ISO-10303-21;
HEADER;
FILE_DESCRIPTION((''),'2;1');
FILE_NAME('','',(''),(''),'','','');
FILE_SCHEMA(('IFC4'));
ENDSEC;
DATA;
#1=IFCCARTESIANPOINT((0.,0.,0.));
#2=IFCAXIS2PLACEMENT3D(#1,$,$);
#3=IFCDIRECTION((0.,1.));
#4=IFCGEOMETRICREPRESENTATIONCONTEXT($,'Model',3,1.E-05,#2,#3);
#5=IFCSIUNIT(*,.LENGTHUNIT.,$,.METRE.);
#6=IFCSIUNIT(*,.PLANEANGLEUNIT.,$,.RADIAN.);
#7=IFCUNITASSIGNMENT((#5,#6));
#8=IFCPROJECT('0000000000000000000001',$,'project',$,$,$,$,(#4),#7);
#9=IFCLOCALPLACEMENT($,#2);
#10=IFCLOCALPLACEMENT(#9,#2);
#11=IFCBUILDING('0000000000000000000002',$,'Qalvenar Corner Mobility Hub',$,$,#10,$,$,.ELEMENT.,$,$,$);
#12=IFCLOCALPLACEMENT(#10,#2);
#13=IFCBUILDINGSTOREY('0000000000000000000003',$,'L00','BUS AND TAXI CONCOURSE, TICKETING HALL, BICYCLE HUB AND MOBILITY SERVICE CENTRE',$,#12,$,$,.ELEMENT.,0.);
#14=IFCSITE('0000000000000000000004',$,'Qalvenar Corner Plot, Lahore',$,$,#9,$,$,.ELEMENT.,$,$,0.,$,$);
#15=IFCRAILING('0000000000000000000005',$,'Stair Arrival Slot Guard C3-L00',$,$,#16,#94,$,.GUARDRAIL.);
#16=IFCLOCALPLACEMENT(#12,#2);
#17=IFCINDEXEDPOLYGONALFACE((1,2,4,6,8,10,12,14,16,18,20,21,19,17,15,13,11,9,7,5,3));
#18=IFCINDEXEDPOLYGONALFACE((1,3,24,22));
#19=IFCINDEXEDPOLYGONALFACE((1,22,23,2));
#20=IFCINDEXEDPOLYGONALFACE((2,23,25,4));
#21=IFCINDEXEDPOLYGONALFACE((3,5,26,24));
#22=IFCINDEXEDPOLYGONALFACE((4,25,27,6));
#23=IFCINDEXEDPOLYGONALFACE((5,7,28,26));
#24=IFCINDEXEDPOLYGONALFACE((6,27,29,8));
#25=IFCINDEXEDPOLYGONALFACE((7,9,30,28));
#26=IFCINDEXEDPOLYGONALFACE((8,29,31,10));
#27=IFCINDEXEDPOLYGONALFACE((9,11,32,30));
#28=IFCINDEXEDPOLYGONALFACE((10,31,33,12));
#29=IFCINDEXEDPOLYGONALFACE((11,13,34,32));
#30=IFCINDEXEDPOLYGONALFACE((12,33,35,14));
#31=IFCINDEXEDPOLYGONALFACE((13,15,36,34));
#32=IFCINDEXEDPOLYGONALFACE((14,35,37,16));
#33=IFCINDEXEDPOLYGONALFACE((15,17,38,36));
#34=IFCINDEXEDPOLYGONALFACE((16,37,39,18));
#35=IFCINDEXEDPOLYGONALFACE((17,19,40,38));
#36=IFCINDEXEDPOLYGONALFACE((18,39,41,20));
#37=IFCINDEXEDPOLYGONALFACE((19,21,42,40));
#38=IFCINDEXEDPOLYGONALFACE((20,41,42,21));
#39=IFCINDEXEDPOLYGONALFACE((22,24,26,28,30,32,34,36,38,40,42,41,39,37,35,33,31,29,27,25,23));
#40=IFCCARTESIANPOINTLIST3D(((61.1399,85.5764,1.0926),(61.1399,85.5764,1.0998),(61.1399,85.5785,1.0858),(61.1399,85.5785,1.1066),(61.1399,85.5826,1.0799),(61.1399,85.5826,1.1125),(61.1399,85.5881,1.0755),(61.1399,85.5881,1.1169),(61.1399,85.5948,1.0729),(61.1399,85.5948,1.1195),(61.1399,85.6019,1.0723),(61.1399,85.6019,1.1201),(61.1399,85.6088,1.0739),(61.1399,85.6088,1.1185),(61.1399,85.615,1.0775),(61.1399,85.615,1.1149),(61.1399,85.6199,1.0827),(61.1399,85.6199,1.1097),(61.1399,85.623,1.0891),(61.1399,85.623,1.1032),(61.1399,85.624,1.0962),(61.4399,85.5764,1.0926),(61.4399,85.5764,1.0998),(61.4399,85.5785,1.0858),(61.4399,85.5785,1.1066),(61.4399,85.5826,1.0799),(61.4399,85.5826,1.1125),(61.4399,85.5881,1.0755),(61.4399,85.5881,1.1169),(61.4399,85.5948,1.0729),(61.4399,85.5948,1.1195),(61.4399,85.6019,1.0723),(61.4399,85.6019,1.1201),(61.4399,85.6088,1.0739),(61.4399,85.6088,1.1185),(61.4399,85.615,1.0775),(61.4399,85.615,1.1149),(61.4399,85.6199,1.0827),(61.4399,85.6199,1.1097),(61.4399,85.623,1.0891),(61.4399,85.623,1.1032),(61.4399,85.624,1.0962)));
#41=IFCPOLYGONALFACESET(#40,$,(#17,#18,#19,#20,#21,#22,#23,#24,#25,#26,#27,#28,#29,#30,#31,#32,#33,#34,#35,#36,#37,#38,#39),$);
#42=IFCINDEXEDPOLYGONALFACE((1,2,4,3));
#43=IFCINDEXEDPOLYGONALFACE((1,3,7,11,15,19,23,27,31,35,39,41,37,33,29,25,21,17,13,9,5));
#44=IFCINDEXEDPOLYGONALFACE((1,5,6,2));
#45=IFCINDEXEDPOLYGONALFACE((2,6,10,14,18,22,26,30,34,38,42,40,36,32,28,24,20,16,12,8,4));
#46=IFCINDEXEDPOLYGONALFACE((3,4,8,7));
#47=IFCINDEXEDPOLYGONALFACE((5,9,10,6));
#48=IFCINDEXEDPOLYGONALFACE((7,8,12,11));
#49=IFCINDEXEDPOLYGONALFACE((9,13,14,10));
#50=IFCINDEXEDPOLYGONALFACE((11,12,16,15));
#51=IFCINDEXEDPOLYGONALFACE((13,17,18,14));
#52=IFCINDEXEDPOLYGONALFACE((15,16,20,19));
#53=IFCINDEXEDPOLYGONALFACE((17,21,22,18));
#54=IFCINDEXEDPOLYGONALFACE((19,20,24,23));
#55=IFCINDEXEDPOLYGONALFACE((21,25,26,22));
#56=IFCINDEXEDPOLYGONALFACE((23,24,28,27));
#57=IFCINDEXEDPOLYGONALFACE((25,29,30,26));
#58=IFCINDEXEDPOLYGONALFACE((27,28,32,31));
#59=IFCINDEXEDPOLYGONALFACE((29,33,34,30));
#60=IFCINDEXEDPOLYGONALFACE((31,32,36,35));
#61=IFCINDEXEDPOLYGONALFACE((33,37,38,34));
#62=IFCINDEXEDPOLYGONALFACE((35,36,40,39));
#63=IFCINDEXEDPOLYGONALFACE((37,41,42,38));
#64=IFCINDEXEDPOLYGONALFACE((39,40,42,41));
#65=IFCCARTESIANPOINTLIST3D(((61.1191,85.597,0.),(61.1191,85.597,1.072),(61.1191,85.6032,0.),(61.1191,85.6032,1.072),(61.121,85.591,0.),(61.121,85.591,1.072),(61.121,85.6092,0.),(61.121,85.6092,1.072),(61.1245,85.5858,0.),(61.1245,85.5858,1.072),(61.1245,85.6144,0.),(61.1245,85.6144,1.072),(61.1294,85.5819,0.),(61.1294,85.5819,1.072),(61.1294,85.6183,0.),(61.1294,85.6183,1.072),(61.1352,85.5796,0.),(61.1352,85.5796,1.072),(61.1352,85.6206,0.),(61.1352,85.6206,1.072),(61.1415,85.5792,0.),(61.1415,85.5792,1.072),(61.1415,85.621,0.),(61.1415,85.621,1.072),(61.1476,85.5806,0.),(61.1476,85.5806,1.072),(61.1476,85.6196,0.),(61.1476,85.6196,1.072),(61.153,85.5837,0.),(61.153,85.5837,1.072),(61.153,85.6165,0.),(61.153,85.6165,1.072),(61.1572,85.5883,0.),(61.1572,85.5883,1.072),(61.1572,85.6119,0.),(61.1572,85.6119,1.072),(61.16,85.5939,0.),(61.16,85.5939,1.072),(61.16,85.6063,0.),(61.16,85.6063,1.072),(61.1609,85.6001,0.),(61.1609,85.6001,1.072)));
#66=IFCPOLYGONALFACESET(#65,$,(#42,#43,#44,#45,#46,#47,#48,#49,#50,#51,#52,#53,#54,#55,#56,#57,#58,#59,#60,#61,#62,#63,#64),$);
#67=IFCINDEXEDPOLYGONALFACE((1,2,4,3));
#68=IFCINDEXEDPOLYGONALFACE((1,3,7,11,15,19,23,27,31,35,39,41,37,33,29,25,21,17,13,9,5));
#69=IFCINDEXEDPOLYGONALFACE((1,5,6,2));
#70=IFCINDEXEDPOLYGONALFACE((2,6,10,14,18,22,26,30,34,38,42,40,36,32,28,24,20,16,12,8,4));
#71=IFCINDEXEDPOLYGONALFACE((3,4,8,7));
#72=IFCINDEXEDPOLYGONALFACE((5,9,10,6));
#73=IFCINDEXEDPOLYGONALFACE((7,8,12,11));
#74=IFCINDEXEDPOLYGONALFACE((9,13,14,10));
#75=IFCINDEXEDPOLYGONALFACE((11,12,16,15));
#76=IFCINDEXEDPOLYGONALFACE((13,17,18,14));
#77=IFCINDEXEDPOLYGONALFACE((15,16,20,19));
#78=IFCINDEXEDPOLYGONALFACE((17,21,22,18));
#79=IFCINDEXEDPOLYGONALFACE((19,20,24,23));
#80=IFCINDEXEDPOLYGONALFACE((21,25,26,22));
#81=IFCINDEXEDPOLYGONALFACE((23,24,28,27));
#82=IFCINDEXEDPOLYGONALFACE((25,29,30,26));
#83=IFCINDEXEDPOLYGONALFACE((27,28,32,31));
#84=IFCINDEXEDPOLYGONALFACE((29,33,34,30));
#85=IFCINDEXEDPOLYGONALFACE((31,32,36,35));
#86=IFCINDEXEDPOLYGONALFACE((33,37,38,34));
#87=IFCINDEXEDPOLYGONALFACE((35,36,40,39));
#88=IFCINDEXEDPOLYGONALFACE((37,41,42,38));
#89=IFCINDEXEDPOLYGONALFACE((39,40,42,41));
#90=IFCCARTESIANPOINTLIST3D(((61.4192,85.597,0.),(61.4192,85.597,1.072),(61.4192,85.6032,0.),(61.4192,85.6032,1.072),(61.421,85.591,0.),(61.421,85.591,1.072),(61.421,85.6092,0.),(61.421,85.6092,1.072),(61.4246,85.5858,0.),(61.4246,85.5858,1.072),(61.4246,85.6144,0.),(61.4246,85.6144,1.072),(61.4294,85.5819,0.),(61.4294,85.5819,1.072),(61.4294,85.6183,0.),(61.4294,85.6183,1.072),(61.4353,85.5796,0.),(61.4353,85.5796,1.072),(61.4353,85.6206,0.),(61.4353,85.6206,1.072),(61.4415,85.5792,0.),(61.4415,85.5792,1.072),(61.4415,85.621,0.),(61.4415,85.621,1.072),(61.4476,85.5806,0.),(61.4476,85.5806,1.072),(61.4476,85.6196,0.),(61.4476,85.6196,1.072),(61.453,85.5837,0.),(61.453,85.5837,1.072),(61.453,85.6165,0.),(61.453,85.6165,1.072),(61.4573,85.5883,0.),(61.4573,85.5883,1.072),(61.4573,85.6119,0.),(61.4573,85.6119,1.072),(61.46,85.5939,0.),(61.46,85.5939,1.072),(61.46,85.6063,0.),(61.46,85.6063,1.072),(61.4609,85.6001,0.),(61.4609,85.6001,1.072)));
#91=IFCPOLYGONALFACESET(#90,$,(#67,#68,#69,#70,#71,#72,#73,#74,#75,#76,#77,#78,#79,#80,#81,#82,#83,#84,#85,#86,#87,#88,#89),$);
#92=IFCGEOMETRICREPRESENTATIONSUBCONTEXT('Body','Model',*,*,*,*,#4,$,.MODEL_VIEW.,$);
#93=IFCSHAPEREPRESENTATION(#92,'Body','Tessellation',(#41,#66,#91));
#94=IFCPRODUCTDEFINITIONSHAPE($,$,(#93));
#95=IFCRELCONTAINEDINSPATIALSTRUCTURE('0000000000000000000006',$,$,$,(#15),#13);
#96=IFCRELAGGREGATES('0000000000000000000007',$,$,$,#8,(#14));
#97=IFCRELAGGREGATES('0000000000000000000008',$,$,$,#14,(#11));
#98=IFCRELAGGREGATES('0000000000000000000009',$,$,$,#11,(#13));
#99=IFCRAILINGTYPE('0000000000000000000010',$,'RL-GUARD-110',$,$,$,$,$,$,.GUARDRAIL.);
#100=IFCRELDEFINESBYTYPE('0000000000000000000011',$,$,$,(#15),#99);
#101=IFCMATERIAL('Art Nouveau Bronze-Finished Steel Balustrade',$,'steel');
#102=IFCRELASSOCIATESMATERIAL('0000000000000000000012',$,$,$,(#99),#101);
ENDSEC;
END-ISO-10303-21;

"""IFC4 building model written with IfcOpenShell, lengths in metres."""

from ifc_helpers import new_model, si_unit, direction, frame, origin, origin_2d, place, context, subcontext, project, spatial, circle, extrude, material, type_object, element, save


model = new_model("IFC4")

# Units and contexts
model_context = context("Model", 3, precision=1e-05, world=origin(), true_north=direction((0.0, 1.0)))
body_context = subcontext(model_context, "Body", "Model", "MODEL_VIEW")
ifc_project = project(units=[si_unit("LENGTHUNIT", "METRE"), si_unit("PLANEANGLEUNIT", "RADIAN")], contexts=[model_context])

# Site, building, storey
site_placement = place(None, origin())
site = spatial("IfcSite", under=ifc_project, at=site_placement, Name="Qalvenar Corner Plot, Lahore", CompositionType="ELEMENT", RefElevation=0.0)
building_placement = place(site_placement, origin())
building = spatial("IfcBuilding", under=site, at=building_placement, Name="Qalvenar Corner Mobility Hub", CompositionType="ELEMENT")
storey_placement = place(building_placement, origin())
storey = spatial("IfcBuildingStorey", under=building, at=storey_placement, Name="L00", Description="BUS AND TAXI CONCOURSE, TICKETING HALL, BICYCLE HUB AND MOBILITY SERVICE CENTRE", CompositionType="ELEMENT", Elevation=0.0)

# Railing
ifc_material_1 = material(Name="Art Nouveau Bronze-Finished Steel Balustrade", Category="steel")
railing_type_1 = type_object("IfcRailingType", Name="RL-GUARD-110", PredefinedType="GUARDRAIL", material=ifc_material_1)
railing_1_placement = place(storey_placement, frame((61.1399, 85.6001, 0.0)))
element("IfcRailing", 1, at=railing_1_placement, inside=storey, type_object=railing_type_1, Name="Stair Arrival Slot Guard C3-L00", PredefinedType="GUARDRAIL", context=body_context, shape_type="SweptSolid", body=[
    extrude(circle(Radius=0.0239, at=origin_2d()), frame((0.0, 0.0, 1.0962), z_axis=(1.0, 0.0, 0.0), x_axis=(0.0, 1.0, 0.0)), (0.0, 0.0, 1.0), 0.3),
    extrude(circle(Radius=0.021, at=origin_2d()), origin(), (0.0, 0.0, 1.0), 1.072),
    extrude(circle(Radius=0.021, at=origin_2d()), frame((0.3, 0.0, 0.0)), (0.0, 0.0, 1.0), 1.072),
])

save(model, "model.ifc")
